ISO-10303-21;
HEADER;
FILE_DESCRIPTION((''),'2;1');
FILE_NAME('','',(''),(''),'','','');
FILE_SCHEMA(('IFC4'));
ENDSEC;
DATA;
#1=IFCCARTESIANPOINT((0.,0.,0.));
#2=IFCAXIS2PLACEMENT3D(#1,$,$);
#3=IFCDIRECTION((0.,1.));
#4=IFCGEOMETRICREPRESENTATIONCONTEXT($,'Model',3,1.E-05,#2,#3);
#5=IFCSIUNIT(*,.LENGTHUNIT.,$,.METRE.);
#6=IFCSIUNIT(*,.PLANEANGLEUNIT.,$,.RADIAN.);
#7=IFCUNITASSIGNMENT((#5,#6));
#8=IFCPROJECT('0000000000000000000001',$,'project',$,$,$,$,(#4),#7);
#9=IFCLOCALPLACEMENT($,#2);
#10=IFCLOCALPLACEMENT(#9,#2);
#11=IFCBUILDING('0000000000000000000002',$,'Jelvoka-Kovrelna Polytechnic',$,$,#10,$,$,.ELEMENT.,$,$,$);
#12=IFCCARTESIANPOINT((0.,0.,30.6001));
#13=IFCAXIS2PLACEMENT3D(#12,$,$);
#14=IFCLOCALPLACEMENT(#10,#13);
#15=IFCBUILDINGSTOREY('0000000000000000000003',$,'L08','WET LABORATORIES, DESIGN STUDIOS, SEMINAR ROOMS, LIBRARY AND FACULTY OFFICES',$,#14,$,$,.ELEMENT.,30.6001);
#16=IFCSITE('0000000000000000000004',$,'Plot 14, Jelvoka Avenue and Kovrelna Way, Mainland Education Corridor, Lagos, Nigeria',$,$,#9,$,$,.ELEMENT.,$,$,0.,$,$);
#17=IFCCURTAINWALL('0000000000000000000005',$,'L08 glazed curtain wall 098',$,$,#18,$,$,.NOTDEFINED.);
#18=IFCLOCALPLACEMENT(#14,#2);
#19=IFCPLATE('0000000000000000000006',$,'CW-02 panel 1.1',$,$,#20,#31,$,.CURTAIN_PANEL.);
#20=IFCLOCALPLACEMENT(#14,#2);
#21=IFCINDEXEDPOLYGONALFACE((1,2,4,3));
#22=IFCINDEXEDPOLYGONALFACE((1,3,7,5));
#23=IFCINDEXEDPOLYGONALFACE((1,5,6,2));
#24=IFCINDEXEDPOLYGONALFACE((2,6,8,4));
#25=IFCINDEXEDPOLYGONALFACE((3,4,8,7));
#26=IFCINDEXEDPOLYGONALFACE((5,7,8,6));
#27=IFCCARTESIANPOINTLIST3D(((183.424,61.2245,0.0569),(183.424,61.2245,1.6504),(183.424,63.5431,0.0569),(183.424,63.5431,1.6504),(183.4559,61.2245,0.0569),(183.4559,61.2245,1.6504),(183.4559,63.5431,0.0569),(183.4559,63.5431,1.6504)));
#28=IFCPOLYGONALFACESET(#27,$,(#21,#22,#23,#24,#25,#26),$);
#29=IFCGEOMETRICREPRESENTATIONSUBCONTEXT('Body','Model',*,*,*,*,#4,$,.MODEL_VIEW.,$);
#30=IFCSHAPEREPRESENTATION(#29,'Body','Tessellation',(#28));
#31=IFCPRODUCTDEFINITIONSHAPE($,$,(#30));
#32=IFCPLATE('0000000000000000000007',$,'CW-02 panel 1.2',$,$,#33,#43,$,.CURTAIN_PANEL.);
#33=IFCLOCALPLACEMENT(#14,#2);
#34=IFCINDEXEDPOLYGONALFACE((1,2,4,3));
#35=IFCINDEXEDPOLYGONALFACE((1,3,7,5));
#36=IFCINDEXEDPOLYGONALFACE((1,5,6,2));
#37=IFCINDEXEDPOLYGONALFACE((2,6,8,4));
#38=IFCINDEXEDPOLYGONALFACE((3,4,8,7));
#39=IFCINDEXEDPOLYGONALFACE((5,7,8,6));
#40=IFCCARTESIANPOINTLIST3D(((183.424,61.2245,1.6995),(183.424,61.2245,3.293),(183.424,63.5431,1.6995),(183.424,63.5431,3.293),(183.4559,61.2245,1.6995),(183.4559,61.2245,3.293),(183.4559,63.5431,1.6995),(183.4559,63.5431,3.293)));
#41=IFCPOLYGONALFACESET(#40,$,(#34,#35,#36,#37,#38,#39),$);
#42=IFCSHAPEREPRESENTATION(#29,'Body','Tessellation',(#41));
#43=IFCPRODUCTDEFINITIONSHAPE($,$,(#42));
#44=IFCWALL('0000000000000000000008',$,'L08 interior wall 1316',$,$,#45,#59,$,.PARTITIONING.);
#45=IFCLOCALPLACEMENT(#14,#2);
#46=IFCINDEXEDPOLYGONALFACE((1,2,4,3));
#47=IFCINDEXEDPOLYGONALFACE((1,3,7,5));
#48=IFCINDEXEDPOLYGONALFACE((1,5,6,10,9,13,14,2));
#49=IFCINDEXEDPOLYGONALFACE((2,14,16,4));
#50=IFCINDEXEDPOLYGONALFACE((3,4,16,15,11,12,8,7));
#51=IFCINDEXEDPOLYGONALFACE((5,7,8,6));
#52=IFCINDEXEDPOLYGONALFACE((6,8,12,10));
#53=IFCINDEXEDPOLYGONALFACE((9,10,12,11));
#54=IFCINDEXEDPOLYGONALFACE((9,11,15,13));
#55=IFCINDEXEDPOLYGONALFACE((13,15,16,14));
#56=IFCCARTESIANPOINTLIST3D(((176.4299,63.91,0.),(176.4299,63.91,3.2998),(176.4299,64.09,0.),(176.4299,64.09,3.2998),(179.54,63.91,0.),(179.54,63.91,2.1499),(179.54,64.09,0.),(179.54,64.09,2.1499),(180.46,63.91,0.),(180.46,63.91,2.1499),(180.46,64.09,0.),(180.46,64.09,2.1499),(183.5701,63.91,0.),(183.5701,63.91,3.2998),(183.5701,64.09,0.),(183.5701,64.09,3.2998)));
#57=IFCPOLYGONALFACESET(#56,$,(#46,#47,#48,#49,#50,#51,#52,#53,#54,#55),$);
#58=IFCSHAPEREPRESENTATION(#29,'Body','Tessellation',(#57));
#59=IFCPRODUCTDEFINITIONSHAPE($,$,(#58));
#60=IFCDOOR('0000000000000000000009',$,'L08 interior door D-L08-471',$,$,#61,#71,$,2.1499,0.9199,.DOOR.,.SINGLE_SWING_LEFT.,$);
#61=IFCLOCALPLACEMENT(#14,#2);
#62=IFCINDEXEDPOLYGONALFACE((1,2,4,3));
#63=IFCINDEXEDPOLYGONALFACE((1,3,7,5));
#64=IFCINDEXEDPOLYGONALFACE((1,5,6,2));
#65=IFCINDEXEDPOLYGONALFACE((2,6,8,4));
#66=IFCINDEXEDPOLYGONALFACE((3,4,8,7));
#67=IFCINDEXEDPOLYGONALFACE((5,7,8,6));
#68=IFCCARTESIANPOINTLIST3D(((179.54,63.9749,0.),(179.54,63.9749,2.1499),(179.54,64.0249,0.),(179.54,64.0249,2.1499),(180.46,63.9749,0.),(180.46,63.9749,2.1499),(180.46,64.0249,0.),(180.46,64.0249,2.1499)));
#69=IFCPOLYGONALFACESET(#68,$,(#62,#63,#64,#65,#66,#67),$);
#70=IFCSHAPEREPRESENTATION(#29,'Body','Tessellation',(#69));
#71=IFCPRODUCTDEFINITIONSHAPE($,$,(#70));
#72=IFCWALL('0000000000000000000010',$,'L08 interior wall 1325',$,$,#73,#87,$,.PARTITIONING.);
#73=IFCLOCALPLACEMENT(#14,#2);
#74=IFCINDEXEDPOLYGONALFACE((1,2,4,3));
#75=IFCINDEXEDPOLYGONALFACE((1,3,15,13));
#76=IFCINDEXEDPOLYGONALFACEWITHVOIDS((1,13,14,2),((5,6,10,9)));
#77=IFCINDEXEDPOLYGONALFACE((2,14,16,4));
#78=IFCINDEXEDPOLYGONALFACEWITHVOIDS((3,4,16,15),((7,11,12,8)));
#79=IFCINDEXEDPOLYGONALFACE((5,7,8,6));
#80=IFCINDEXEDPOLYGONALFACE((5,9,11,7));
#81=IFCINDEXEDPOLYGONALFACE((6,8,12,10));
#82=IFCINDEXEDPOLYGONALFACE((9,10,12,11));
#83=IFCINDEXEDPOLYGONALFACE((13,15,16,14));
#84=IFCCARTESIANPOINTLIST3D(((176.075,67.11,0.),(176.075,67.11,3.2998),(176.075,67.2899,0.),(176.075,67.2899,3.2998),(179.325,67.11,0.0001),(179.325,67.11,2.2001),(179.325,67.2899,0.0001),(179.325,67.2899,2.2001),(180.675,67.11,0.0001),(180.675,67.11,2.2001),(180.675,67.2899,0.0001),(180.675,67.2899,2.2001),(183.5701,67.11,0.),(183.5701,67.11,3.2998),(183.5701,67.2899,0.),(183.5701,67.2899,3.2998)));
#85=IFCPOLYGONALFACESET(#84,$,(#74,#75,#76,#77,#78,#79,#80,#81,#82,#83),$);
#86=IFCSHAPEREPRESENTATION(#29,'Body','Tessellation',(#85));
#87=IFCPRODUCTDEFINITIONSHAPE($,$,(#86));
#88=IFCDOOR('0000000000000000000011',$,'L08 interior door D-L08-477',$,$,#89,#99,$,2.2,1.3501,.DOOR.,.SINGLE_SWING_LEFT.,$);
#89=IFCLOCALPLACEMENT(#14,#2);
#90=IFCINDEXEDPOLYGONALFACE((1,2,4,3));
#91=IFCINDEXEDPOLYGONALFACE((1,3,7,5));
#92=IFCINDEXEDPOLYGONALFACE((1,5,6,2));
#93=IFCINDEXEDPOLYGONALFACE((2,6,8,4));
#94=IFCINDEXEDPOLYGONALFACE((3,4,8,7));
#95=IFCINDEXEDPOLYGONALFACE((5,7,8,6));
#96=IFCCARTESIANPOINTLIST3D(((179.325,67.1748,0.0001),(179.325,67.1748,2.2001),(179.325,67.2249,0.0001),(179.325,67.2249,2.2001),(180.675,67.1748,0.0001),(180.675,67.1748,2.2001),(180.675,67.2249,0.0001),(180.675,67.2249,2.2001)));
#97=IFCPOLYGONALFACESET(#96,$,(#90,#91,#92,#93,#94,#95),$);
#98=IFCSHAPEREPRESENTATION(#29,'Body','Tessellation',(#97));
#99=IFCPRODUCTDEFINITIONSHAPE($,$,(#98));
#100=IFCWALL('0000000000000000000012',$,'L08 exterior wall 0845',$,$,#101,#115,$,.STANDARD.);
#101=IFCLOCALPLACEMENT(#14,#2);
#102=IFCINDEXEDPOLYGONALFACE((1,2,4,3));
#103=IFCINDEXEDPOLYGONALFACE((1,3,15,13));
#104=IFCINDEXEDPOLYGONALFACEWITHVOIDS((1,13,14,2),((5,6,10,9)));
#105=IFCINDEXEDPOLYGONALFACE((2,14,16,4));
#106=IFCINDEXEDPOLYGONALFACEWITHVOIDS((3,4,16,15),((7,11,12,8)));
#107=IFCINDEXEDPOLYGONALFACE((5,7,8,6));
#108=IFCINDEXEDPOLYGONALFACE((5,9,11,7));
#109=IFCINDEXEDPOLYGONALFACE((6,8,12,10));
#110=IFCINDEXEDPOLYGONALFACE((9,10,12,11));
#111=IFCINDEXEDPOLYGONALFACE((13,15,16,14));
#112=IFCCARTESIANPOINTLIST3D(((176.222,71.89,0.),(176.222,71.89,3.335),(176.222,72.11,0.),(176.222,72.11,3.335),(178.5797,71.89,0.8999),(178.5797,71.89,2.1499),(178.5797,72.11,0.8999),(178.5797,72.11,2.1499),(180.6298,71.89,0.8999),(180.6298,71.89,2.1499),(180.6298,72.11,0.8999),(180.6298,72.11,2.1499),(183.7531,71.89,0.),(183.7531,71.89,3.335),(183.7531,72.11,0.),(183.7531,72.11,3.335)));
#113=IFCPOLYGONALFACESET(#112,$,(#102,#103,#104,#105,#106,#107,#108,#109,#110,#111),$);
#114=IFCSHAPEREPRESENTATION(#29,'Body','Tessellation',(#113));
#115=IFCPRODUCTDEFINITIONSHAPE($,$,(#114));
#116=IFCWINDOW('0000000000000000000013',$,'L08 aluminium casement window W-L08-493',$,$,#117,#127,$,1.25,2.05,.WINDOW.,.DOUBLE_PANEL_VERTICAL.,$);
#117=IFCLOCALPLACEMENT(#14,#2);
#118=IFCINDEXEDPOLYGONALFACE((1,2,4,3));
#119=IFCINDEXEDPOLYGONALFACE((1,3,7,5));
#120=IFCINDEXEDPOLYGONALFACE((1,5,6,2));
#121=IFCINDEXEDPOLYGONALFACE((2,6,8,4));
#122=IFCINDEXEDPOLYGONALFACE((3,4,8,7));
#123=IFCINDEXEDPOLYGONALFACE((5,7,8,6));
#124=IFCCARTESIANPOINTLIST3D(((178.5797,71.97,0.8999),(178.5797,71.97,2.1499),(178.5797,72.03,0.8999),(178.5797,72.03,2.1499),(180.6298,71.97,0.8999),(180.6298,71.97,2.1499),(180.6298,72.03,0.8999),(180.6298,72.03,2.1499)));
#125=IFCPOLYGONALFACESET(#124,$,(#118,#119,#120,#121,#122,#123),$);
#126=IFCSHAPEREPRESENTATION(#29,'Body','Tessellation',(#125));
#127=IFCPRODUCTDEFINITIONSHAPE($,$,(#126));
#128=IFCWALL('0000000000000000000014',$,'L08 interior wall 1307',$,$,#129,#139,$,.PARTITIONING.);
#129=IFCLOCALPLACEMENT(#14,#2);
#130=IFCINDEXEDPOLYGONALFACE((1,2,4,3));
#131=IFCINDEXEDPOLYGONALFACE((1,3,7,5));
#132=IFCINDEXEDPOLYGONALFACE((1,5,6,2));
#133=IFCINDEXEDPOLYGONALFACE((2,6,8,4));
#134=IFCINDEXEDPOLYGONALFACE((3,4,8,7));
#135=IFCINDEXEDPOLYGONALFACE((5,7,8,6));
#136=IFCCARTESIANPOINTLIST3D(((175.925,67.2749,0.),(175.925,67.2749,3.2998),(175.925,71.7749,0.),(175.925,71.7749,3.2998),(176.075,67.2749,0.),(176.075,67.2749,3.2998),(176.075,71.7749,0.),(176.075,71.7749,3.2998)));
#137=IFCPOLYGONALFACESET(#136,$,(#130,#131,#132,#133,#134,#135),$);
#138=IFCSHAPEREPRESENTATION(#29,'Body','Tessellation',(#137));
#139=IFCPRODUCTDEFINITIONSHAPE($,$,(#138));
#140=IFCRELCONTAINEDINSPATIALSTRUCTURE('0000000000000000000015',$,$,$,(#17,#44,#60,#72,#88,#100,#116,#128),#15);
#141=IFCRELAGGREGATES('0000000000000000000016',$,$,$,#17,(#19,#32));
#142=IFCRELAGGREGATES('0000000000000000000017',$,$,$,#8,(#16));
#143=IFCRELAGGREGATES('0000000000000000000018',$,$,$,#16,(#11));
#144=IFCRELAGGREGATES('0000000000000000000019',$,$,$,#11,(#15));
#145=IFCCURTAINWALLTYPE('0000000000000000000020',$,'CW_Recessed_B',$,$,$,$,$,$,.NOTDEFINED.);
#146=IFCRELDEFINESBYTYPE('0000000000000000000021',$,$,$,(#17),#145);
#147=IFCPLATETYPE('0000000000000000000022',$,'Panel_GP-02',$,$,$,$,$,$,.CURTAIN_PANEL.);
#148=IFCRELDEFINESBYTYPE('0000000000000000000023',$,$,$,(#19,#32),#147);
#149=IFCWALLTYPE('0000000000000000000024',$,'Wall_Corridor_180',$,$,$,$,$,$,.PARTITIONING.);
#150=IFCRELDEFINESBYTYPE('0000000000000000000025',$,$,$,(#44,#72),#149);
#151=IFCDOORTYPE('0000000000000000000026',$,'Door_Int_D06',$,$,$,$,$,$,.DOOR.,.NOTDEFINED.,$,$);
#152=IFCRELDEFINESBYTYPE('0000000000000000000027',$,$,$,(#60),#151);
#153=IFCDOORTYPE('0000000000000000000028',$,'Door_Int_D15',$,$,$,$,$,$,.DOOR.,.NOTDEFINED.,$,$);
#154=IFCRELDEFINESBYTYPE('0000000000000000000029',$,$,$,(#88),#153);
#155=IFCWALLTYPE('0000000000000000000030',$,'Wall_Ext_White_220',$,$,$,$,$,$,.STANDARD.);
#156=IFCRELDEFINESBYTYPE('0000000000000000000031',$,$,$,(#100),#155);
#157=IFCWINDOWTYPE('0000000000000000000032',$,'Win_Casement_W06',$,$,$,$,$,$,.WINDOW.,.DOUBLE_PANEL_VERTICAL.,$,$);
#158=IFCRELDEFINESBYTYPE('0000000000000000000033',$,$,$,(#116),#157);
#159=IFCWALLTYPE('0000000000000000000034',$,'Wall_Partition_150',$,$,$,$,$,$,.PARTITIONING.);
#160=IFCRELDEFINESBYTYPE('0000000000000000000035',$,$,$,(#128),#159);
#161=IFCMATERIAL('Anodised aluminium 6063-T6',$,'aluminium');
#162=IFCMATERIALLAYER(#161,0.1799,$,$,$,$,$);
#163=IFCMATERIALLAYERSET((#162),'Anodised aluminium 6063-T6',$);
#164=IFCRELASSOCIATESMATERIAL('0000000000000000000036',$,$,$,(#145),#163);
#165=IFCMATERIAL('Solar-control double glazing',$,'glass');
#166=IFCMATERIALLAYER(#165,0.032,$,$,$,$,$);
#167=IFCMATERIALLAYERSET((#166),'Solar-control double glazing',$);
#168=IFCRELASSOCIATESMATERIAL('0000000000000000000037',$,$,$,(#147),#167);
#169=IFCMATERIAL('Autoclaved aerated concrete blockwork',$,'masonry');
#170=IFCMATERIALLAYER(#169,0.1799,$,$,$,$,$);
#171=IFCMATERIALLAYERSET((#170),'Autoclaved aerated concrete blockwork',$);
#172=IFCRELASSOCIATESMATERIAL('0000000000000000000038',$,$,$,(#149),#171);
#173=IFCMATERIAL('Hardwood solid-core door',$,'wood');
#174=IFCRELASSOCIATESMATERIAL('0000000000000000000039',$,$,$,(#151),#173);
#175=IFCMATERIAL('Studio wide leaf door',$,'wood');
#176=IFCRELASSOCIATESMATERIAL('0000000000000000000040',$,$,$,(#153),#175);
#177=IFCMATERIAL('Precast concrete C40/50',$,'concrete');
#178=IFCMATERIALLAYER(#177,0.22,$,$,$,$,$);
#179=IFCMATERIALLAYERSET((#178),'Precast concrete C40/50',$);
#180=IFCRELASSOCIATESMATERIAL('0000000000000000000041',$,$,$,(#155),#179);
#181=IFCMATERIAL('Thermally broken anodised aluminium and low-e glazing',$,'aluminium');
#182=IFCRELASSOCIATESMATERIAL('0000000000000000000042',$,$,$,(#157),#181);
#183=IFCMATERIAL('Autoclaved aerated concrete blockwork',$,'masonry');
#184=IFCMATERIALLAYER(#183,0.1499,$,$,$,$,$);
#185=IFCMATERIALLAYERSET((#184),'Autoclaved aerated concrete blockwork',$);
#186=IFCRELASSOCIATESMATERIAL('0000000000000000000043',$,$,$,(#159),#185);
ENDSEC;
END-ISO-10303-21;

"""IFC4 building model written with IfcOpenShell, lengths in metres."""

from ifc_helpers import new_model, si_unit, direction, frame, frame_2d, origin, origin_2d, place, context, subcontext, project, spatial, rectangle, extrude, material, layer, layer_set, type_object, element, fill, aggregate, save


model = new_model("IFC4")

# Units and contexts
model_context = context("Model", 3, precision=1e-05, world=origin(), true_north=direction((0.0, 1.0)))
body_context = subcontext(model_context, "Body", "Model", "MODEL_VIEW")
ifc_project = project(units=[si_unit("LENGTHUNIT", "METRE"), si_unit("PLANEANGLEUNIT", "RADIAN")], contexts=[model_context])

# Site, building, storey
site_placement = place(None, origin())
site = spatial("IfcSite", under=ifc_project, at=site_placement, Name="Plot 14, Jelvoka Avenue and Kovrelna Way, Mainland Education Corridor, Lagos, Nigeria", CompositionType="ELEMENT", RefElevation=0.0)
building_placement = place(site_placement, origin())
building = spatial("IfcBuilding", under=site, at=building_placement, Name="Jelvoka-Kovrelna Polytechnic", CompositionType="ELEMENT")
storey_placement = place(building_placement, frame((0.0, 0.0, 30.6001)))
storey = spatial("IfcBuildingStorey", under=building, at=storey_placement, Name="L08", Description="WET LABORATORIES, DESIGN STUDIOS, SEMINAR ROOMS, LIBRARY AND FACULTY OFFICES", CompositionType="ELEMENT", Elevation=30.6001)

# Curtain wall
ifc_material_1 = material(Name="Anodised aluminium 6063-T6", Category="aluminium")
ifc_layer_1 = layer(ifc_material_1, 0.1799)
ifc_layer_set_1 = layer_set([ifc_layer_1], Name="Anodised aluminium 6063-T6")
curtain_wall_type = type_object("IfcCurtainWallType", Name="CW_Recessed_B", PredefinedType="NOTDEFINED", material=ifc_layer_set_1)
curtain_wall_placement = place(storey_placement, origin())
curtain_wall = element("IfcCurtainWall", 1, at=curtain_wall_placement, inside=storey, type_object=curtain_wall_type, Name="L08 glazed curtain wall 098", PredefinedType="NOTDEFINED")

# Plates
ifc_material_2 = material(Name="Solar-control double glazing", Category="glass")
ifc_layer_2 = layer(ifc_material_2, 0.032)
ifc_layer_set_2 = layer_set([ifc_layer_2], Name="Solar-control double glazing")
plate_type = type_object("IfcPlateType", Name="Panel_GP-02", PredefinedType="CURTAIN_PANEL", material=ifc_layer_set_2)
plate_1_placement = place(storey_placement, frame((183.4399, 62.3838, 0.0569), z_axis=(0.0, 0.0, 1.0), x_axis=(0.0, -1.0, 0.0)))
plate_1 = element("IfcPlate", 2, at=plate_1_placement, type_object=plate_type, Name="CW-02 panel 1.1", PredefinedType="CURTAIN_PANEL", context=body_context, shape_type="SweptSolid", body=[
    extrude(rectangle(XDim=2.3186, YDim=0.032, at=origin_2d()), origin(), (0.0, 0.0, 1.0), 1.5935),
])
plate_2_placement = place(storey_placement, frame((183.4399, 62.3838, 1.6995), z_axis=(0.0, 0.0, 1.0), x_axis=(0.0, -1.0, 0.0)))
plate_2 = element("IfcPlate", 3, at=plate_2_placement, type_object=plate_type, Name="CW-02 panel 1.2", PredefinedType="CURTAIN_PANEL", context=body_context, shape_type="SweptSolid", body=[
    extrude(rectangle(XDim=2.3186, YDim=0.032, at=origin_2d()), origin(), (0.0, 0.0, 1.0), 1.5935),
])
aggregate(curtain_wall, [plate_1, plate_2])

# Walls, openings, doors
ifc_material_3 = material(Name="Autoclaved aerated concrete blockwork", Category="masonry")
ifc_layer_3 = layer(ifc_material_3, 0.1799)
ifc_layer_set_3 = layer_set([ifc_layer_3], Name="Autoclaved aerated concrete blockwork")
wall_type_1 = type_object("IfcWallType", Name="Wall_Corridor_180", PredefinedType="PARTITIONING", material=ifc_layer_set_3)
wall_1_placement = place(storey_placement, frame((176.4299, 64.0, 0.0), z_axis=(0.0, 0.0, 1.0), x_axis=(1.0, 0.0, 0.0)))
wall_1 = element("IfcWall", 4, at=wall_1_placement, inside=storey, type_object=wall_type_1, Name="L08 interior wall 1316", PredefinedType="PARTITIONING", context=body_context, shape_type="SweptSolid", body=[
    extrude(rectangle(XDim=7.1401, YDim=0.1799, at=frame_2d((3.5701, 0.0))), origin(), (0.0, 0.0, 1.0), 3.2998),
])
opening_1_placement = place(wall_1_placement, frame((3.1101, 0.0, 0.0)))
opening_1 = element("IfcOpeningElement", 5, at=opening_1_placement, cuts=wall_1, PredefinedType="OPENING", context=body_context, shape_type="SweptSolid", body=[
    extrude(rectangle(XDim=0.9199, YDim=2.1499, at=frame_2d((0.46, 1.075))), frame((0.0, 0.0999, 0.0), z_axis=(0.0, -1.0, 0.0), x_axis=(1.0, 0.0, 0.0)), (0.0, 0.0, 1.0), 0.2),
])
ifc_material_4 = material(Name="Hardwood solid-core door", Category="wood")
door_type_1 = type_object("IfcDoorType", Name="Door_Int_D06", OperationType="NOTDEFINED", PredefinedType="DOOR", material=ifc_material_4)
door_1_placement = place(opening_1_placement, origin())
door_1 = element("IfcDoor", 6, at=door_1_placement, inside=storey, type_object=door_type_1, Name="L08 interior door D-L08-471", OperationType="SINGLE_SWING_LEFT", OverallHeight=2.1499, OverallWidth=0.9199, PredefinedType="DOOR", context=body_context, shape_type="SweptSolid", body=[
    extrude(rectangle(XDim=0.9199, YDim=2.1499, at=frame_2d((0.46, 1.075))), frame((0.0, 0.0249, 0.0), z_axis=(0.0, -1.0, 0.0), x_axis=(1.0, 0.0, 0.0)), (0.0, 0.0, 1.0), 0.05),
])
fill(opening_1, door_1)
wall_2_placement = place(storey_placement, frame((176.075, 67.2, 0.0), z_axis=(0.0, 0.0, 1.0), x_axis=(1.0, 0.0, 0.0)))
wall_2 = element("IfcWall", 7, at=wall_2_placement, inside=storey, type_object=wall_type_1, Name="L08 interior wall 1325", PredefinedType="PARTITIONING", context=body_context, shape_type="SweptSolid", body=[
    extrude(rectangle(XDim=7.4951, YDim=0.1799, at=frame_2d((3.7476, 0.0))), origin(), (0.0, 0.0, 1.0), 3.2998),
])
opening_2_placement = place(wall_2_placement, frame((3.25, 0.0, 0.0)))
opening_2 = element("IfcOpeningElement", 8, at=opening_2_placement, cuts=wall_2, PredefinedType="OPENING", context=body_context, shape_type="SweptSolid", body=[
    extrude(rectangle(XDim=1.3501, YDim=2.2, at=frame_2d((0.675, 1.1001))), frame((0.0, 0.0999, 0.0), z_axis=(0.0, -1.0, 0.0), x_axis=(1.0, 0.0, 0.0)), (0.0, 0.0, 1.0), 0.2),
])
ifc_material_5 = material(Name="Studio wide leaf door", Category="wood")
door_type_2 = type_object("IfcDoorType", Name="Door_Int_D15", OperationType="NOTDEFINED", PredefinedType="DOOR", material=ifc_material_5)
door_2_placement = place(opening_2_placement, origin())
door_2 = element("IfcDoor", 9, at=door_2_placement, inside=storey, type_object=door_type_2, Name="L08 interior door D-L08-477", OperationType="SINGLE_SWING_LEFT", OverallHeight=2.2, OverallWidth=1.3501, PredefinedType="DOOR", context=body_context, shape_type="SweptSolid", body=[
    extrude(rectangle(XDim=1.3501, YDim=2.2, at=frame_2d((0.675, 1.1001))), frame((0.0, 0.0249, 0.0), z_axis=(0.0, -1.0, 0.0), x_axis=(1.0, 0.0, 0.0)), (0.0, 0.0, 1.0), 0.05),
])
fill(opening_2, door_2)

# Wall, opening, window
ifc_material_6 = material(Name="Precast concrete C40/50", Category="concrete")
ifc_layer_4 = layer(ifc_material_6, 0.22)
ifc_layer_set_4 = layer_set([ifc_layer_4], Name="Precast concrete C40/50")
wall_type_2 = type_object("IfcWallType", Name="Wall_Ext_White_220", PredefinedType="STANDARD", material=ifc_layer_set_4)
wall_3_placement = place(storey_placement, frame((176.2219, 72.0, 0.0), z_axis=(0.0, 0.0, 1.0), x_axis=(1.0, 0.0, 0.0)))
wall_3 = element("IfcWall", 10, at=wall_3_placement, inside=storey, type_object=wall_type_2, Name="L08 exterior wall 0845", PredefinedType="STANDARD", context=body_context, shape_type="SweptSolid", body=[
    extrude(rectangle(XDim=7.531, YDim=0.22, at=frame_2d((3.7656, 0.0))), origin(), (0.0, 0.0, 1.0), 3.335),
])
opening_3_placement = place(wall_3_placement, frame((2.3579, 0.0, 0.8999)))
opening_3 = element("IfcOpeningElement", 11, at=opening_3_placement, cuts=wall_3, PredefinedType="OPENING", context=body_context, shape_type="SweptSolid", body=[
    extrude(rectangle(XDim=2.05, YDim=1.25, at=frame_2d((1.0249, 0.625))), frame((0.0, 0.1199, 0.0), z_axis=(0.0, -1.0, 0.0), x_axis=(1.0, 0.0, 0.0)), (0.0, 0.0, 1.0), 0.24),
])
ifc_material_7 = material(Name="Thermally broken anodised aluminium and low-e glazing", Category="aluminium")
window_type = type_object("IfcWindowType", Name="Win_Casement_W06", PartitioningType="DOUBLE_PANEL_VERTICAL", PredefinedType="WINDOW", material=ifc_material_7)
window_placement = place(opening_3_placement, origin())
window = element("IfcWindow", 12, at=window_placement, inside=storey, type_object=window_type, Name="L08 aluminium casement window W-L08-493", OverallHeight=1.25, OverallWidth=2.05, PartitioningType="DOUBLE_PANEL_VERTICAL", PredefinedType="WINDOW", context=body_context, shape_type="SweptSolid", body=[
    extrude(rectangle(XDim=2.05, YDim=1.25, at=frame_2d((1.0249, 0.625))), frame((0.0, 0.03, 0.0), z_axis=(0.0, -1.0, 0.0), x_axis=(1.0, 0.0, 0.0)), (0.0, 0.0, 1.0), 0.0601),
])
fill(opening_3, window)

# Wall
ifc_material_8 = material(Name="Autoclaved aerated concrete blockwork", Category="masonry")
ifc_layer_5 = layer(ifc_material_8, 0.1499)
ifc_layer_set_5 = layer_set([ifc_layer_5], Name="Autoclaved aerated concrete blockwork")
wall_type_3 = type_object("IfcWallType", Name="Wall_Partition_150", PredefinedType="PARTITIONING", material=ifc_layer_set_5)
wall_4_placement = place(storey_placement, frame((176.0, 67.2749, 0.0), z_axis=(0.0, 0.0, 1.0), x_axis=(0.0, 1.0, 0.0)))
element("IfcWall", 13, at=wall_4_placement, inside=storey, type_object=wall_type_3, Name="L08 interior wall 1307", PredefinedType="PARTITIONING", context=body_context, shape_type="SweptSolid", body=[
    extrude(rectangle(XDim=4.5, YDim=0.1499, at=frame_2d((2.25, 0.0))), origin(), (0.0, 0.0, 1.0), 3.2998),
])

save(model, "model.ifc")
